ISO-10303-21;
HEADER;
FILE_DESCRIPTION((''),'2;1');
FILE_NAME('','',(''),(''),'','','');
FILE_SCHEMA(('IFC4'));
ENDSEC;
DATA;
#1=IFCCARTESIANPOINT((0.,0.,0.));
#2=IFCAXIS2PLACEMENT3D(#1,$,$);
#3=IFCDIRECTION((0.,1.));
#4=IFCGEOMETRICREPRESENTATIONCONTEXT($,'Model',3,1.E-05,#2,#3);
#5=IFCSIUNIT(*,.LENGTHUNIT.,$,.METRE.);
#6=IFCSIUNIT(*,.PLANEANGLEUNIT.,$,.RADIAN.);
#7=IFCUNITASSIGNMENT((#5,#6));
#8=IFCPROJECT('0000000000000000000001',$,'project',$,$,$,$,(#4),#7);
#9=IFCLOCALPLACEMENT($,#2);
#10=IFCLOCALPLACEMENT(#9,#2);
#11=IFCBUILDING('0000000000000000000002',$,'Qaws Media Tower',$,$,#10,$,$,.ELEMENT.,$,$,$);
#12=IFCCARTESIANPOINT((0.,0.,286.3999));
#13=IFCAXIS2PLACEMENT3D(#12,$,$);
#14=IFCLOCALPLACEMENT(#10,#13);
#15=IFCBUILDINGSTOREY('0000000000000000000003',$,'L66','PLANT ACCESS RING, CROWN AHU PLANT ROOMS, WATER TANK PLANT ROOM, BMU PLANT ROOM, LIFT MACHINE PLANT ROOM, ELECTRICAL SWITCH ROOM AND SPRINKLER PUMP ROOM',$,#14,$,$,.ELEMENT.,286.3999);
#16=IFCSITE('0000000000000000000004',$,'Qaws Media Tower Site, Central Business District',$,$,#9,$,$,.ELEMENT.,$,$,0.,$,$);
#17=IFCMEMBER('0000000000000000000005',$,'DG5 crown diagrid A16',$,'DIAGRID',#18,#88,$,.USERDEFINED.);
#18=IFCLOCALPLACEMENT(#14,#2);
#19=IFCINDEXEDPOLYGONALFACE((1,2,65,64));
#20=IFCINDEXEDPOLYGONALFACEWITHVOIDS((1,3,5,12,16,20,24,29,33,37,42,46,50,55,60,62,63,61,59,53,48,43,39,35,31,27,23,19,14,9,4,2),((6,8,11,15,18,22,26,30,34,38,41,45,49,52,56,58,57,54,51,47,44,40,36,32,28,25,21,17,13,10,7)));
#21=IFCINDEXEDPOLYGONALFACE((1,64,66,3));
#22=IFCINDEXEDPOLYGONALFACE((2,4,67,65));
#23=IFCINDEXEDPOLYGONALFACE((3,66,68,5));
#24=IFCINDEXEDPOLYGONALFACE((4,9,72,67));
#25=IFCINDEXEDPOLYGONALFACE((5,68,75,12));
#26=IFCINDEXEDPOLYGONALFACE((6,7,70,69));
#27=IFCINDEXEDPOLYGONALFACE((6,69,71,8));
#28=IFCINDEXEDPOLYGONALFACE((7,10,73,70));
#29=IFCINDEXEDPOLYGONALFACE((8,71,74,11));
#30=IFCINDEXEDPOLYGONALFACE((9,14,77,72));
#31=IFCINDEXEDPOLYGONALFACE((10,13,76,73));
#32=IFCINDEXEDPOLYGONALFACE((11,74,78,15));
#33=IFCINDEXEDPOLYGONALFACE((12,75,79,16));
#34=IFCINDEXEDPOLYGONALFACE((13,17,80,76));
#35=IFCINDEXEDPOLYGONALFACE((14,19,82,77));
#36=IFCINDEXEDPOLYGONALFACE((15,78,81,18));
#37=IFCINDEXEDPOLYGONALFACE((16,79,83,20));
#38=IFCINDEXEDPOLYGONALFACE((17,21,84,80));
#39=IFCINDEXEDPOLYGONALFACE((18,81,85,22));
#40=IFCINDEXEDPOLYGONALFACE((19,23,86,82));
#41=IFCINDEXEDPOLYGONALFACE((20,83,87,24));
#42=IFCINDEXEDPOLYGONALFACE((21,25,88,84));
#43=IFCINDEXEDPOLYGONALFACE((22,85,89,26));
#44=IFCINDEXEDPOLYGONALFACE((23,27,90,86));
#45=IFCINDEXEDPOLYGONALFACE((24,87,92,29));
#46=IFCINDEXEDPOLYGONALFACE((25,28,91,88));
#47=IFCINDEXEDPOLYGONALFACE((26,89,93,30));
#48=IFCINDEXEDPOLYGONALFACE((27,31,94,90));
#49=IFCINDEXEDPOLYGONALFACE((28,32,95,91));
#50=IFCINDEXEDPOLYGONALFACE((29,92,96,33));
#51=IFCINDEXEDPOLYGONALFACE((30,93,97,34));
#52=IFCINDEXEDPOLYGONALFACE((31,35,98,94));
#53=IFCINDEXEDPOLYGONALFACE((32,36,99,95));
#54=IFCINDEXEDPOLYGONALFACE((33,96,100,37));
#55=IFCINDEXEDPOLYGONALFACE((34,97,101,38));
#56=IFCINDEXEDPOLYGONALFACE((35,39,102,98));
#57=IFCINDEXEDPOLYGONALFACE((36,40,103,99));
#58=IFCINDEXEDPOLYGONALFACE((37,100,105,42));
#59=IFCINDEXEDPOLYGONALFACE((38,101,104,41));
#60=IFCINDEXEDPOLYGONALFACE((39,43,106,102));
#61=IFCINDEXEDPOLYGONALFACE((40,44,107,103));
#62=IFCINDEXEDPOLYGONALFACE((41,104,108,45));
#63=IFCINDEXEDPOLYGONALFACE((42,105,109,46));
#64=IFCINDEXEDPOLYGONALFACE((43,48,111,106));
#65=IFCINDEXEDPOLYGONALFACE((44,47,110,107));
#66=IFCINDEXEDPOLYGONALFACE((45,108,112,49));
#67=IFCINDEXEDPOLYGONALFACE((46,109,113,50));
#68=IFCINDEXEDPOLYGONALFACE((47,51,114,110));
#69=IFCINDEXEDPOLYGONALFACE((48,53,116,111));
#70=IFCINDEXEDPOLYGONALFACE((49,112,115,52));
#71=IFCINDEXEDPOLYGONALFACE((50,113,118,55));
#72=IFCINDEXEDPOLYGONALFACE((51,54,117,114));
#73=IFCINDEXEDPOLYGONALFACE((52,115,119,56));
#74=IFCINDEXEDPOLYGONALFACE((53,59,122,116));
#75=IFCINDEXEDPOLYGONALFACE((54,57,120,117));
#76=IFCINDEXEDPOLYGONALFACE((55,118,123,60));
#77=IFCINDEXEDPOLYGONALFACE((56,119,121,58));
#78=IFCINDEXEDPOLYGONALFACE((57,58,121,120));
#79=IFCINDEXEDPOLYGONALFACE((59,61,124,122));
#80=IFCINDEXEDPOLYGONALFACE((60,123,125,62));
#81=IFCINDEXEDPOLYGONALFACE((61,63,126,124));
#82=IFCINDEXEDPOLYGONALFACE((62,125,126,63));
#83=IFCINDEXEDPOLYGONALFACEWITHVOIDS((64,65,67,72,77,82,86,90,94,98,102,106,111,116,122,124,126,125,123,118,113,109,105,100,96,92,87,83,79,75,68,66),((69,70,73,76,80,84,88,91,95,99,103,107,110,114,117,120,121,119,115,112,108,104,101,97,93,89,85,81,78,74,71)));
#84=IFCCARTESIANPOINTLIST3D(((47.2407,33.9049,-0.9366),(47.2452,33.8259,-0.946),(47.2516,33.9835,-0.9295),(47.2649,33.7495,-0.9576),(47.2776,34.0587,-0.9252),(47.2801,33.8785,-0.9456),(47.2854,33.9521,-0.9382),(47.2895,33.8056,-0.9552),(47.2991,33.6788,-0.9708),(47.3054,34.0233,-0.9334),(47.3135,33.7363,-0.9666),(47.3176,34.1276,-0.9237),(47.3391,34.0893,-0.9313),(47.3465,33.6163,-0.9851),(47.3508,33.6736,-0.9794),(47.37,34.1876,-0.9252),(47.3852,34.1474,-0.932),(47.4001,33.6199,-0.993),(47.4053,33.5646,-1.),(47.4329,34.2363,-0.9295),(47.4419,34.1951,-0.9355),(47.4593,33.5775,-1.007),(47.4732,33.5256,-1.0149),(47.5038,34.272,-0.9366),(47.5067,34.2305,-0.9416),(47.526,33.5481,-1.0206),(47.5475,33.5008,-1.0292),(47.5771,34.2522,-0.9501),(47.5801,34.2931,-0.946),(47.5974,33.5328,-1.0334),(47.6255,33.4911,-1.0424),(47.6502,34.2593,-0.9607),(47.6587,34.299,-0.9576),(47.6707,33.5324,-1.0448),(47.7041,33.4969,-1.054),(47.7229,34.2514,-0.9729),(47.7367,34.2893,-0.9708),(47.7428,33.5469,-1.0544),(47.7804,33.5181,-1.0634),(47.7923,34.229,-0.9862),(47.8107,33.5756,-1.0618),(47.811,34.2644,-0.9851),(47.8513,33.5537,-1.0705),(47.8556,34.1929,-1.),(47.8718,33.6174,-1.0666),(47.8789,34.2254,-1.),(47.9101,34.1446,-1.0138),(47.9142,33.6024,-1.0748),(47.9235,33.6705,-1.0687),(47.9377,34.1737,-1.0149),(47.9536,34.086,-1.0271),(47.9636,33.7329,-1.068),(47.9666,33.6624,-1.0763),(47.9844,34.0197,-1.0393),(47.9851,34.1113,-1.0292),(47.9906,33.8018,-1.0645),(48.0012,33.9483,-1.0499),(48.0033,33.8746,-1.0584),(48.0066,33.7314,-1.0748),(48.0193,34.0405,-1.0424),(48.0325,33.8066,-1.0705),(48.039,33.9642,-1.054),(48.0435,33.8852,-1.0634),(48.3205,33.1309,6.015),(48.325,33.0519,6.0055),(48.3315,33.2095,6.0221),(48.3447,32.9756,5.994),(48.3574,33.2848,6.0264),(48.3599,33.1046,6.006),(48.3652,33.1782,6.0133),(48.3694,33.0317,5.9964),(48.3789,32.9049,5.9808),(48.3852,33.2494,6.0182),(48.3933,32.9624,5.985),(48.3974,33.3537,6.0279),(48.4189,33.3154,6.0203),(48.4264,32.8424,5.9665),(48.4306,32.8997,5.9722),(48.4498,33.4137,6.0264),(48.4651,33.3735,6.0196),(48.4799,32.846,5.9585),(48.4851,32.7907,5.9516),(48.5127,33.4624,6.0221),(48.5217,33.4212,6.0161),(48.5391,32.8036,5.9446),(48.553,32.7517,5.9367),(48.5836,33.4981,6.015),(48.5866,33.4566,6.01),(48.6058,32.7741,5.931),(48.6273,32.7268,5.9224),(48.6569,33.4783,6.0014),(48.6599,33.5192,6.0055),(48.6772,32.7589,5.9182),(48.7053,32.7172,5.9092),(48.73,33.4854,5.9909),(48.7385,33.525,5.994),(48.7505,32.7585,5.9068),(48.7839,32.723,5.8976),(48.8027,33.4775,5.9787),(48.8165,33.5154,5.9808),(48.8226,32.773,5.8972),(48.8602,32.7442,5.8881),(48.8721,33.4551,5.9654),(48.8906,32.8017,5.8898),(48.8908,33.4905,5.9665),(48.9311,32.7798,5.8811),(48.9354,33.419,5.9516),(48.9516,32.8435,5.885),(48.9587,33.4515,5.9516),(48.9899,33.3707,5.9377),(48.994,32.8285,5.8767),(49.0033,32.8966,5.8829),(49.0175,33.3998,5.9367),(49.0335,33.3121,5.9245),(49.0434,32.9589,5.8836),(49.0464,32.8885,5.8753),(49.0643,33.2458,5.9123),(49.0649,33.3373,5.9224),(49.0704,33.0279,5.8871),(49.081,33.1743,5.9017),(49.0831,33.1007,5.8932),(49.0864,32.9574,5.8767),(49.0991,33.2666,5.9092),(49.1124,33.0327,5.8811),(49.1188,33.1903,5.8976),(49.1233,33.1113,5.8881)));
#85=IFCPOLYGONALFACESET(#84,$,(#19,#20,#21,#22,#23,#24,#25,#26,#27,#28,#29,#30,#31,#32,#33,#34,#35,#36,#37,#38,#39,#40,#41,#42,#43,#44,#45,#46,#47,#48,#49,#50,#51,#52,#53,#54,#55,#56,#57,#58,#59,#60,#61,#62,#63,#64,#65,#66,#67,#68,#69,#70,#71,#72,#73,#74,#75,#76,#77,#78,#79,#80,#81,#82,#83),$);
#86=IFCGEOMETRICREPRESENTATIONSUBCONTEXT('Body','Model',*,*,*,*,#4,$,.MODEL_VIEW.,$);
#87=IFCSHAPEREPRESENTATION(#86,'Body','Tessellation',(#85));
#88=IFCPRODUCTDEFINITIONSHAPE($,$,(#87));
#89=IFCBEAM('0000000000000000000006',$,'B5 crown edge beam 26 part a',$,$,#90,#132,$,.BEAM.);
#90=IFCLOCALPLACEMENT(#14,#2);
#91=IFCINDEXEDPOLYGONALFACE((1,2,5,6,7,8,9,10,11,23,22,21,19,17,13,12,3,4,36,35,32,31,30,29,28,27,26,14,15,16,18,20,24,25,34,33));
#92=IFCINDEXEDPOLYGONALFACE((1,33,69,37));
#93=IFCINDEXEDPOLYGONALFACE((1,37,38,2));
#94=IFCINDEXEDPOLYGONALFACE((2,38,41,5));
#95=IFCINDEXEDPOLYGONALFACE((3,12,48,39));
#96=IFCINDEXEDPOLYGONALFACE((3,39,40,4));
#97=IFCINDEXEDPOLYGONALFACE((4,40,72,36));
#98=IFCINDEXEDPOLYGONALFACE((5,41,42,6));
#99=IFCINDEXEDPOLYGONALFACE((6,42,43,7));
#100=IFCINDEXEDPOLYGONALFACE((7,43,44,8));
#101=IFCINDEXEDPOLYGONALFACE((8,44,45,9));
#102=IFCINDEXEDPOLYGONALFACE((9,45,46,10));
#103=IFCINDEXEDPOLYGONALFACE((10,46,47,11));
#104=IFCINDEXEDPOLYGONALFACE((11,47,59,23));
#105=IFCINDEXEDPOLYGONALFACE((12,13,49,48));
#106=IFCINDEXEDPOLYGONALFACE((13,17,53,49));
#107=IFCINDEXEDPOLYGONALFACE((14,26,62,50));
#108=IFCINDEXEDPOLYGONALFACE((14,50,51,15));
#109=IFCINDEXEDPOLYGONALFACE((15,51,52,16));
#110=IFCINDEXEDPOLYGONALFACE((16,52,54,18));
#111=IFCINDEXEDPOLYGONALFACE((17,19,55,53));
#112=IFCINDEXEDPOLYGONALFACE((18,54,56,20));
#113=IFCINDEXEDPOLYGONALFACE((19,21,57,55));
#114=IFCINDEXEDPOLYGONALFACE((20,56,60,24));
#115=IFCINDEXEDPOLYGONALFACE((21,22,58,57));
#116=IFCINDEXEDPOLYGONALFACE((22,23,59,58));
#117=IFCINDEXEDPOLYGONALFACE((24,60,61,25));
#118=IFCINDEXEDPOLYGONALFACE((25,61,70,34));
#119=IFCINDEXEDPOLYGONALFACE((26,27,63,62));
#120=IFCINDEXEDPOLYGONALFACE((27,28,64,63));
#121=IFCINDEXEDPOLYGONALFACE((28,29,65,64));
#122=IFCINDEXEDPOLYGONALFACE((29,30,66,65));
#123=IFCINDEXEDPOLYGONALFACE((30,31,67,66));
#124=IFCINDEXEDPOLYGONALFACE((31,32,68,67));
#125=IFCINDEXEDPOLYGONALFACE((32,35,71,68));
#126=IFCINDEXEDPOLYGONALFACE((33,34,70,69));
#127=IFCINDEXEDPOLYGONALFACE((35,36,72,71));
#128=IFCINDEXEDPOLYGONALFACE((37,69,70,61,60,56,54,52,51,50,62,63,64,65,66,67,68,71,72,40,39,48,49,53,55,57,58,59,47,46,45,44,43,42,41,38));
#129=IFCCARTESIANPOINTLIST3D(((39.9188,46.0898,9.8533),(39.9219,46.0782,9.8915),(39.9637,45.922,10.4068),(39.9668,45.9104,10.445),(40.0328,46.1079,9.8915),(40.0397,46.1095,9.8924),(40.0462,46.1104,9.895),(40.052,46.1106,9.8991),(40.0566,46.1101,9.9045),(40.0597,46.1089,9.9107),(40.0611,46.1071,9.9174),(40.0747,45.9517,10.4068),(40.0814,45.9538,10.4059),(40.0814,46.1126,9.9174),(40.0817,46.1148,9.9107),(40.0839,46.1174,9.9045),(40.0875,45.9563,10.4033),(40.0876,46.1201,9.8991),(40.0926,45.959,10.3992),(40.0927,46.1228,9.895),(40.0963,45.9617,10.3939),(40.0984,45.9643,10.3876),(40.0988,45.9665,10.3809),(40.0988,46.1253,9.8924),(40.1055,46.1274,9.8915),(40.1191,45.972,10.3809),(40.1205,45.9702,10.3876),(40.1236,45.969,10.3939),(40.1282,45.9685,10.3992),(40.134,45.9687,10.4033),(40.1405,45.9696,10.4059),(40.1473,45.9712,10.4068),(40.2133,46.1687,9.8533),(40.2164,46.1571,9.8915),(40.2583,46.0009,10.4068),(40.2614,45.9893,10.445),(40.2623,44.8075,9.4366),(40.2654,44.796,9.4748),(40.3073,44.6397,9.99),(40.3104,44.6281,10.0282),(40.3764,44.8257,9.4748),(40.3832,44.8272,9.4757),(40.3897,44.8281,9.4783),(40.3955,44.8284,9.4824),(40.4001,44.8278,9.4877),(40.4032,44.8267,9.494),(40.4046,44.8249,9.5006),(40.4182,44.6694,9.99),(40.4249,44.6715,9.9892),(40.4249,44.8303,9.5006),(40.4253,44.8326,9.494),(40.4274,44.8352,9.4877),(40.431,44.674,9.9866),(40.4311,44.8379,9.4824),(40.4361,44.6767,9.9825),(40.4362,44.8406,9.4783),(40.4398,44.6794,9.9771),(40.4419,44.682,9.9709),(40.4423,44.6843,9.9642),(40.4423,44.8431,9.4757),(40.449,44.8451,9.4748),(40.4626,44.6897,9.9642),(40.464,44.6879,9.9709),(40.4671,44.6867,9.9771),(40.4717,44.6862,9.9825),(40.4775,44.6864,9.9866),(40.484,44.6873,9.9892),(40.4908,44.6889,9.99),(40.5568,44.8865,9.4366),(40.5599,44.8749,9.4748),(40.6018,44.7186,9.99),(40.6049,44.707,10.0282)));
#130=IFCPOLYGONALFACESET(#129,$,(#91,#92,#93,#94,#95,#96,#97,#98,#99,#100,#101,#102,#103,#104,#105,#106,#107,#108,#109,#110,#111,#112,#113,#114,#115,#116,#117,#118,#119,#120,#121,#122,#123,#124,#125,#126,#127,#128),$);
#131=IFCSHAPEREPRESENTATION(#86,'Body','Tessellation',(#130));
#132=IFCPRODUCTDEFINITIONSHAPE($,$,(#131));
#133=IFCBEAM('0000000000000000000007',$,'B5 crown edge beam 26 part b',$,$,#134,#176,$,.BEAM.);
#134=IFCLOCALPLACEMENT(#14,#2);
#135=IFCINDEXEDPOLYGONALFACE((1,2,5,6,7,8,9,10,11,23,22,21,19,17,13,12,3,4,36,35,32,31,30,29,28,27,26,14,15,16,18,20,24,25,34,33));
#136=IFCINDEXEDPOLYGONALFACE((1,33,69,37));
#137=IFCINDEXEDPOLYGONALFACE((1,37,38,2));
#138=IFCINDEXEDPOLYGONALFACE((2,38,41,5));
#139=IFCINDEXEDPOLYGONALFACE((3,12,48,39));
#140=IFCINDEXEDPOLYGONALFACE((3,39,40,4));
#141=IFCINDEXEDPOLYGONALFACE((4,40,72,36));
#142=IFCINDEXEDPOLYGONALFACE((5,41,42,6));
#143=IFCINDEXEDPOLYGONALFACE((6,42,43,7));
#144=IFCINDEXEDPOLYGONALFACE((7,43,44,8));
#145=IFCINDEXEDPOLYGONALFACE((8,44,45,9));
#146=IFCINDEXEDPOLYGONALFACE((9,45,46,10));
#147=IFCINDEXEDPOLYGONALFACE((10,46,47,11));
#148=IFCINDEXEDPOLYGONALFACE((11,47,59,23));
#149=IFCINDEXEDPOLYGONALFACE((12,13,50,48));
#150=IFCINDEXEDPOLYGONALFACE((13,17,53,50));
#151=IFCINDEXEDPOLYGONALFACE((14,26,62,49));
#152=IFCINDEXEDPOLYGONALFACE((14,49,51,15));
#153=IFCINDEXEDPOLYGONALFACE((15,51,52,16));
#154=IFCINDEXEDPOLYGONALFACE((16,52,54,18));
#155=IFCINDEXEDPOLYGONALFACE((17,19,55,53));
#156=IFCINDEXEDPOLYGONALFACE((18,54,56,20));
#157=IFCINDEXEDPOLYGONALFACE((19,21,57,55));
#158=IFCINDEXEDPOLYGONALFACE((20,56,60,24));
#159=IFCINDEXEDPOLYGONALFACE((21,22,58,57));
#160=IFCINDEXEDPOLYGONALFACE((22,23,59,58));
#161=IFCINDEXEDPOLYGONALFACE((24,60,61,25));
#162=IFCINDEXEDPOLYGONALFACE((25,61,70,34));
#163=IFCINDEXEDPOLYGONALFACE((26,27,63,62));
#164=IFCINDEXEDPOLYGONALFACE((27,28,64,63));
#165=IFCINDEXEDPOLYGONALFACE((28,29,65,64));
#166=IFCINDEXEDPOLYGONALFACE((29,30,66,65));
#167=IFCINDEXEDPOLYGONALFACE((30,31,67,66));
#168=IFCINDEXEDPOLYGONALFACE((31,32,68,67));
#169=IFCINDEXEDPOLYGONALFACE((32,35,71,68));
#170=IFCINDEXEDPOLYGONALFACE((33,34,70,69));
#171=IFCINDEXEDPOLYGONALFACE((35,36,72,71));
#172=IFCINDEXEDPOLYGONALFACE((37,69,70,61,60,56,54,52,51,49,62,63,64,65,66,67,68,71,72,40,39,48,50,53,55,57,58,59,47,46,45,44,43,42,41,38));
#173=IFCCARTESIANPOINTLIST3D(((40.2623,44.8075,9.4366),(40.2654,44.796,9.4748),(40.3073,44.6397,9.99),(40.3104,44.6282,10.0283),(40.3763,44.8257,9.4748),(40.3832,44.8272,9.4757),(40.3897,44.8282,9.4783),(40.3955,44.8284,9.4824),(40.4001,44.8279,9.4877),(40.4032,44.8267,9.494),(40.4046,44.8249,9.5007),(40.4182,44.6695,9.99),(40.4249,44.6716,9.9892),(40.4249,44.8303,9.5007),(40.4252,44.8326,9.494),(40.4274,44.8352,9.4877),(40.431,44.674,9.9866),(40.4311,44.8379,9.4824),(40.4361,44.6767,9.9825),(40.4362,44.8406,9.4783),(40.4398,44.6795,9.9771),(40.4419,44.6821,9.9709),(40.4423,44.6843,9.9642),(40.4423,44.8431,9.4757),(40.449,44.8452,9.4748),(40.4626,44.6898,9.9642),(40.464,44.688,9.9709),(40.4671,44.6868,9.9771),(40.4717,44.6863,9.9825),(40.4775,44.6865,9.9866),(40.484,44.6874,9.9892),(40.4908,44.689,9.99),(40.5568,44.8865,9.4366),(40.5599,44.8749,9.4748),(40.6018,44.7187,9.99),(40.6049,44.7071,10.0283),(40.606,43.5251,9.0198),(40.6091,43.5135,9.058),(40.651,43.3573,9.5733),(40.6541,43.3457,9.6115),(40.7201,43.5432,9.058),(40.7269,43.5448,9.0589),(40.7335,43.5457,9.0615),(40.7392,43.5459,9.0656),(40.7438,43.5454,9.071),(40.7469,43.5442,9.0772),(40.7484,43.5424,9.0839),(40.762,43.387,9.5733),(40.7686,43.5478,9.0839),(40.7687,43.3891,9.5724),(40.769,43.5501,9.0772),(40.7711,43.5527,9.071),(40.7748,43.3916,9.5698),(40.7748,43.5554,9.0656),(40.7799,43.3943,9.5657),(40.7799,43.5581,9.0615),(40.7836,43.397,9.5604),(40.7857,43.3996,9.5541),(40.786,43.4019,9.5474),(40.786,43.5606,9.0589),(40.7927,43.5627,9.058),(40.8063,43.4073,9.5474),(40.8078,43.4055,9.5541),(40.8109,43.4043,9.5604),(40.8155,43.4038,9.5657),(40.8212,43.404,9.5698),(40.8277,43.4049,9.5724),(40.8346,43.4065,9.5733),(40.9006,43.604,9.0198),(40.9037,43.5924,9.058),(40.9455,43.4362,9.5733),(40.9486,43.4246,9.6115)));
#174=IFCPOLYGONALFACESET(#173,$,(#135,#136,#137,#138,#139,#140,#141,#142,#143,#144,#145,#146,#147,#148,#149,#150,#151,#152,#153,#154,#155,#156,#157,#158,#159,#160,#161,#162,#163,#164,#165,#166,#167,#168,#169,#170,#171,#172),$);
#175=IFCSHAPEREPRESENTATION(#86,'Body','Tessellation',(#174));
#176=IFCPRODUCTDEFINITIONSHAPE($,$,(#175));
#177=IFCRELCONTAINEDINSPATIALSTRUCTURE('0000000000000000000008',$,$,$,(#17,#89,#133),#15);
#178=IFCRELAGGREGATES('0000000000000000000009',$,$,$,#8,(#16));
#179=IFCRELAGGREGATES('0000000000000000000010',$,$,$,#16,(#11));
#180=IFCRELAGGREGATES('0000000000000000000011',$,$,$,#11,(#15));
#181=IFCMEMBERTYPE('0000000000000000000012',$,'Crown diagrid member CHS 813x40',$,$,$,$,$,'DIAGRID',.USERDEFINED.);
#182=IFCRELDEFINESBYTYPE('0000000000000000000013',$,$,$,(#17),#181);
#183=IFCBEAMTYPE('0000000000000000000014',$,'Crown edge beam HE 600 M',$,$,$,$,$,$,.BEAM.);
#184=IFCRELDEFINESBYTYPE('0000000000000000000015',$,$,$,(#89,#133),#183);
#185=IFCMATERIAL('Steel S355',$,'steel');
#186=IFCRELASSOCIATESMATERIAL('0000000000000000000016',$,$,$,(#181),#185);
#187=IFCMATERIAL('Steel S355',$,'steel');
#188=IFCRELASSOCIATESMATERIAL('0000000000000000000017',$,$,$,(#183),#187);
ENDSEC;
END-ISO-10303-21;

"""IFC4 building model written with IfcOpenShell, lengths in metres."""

from ifc_helpers import new_model, si_unit, direction, frame, origin, origin_2d, place, context, subcontext, project, spatial, hollow_circle, i_section, extrude, material, material_profile, profile_set, type_object, element, save


model = new_model("IFC4")

# Units and contexts
model_context = context("Model", 3, precision=1e-05, world=origin(), true_north=direction((0.0, 1.0)))
body_context = subcontext(model_context, "Body", "Model", "MODEL_VIEW")
ifc_project = project(units=[si_unit("LENGTHUNIT", "METRE"), si_unit("PLANEANGLEUNIT", "RADIAN")], contexts=[model_context])

# Site, building, storey
site_placement = place(None, origin())
site = spatial("IfcSite", under=ifc_project, at=site_placement, Name="Qaws Media Tower Site, Central Business District", CompositionType="ELEMENT", RefElevation=0.0)
building_placement = place(site_placement, origin())
building = spatial("IfcBuilding", under=site, at=building_placement, Name="Qaws Media Tower", CompositionType="ELEMENT")
storey_placement = place(building_placement, frame((0.0, 0.0, 286.3999)))
storey = spatial("IfcBuildingStorey", under=building, at=storey_placement, Name="L66", Description="PLANT ACCESS RING, CROWN AHU PLANT ROOMS, WATER TANK PLANT ROOM, BMU PLANT ROOM, LIFT MACHINE PLANT ROOM, ELECTRICAL SWITCH ROOM AND SPRINKLER PUMP ROOM", CompositionType="ELEMENT", Elevation=286.3999)

# Member
ifc_material_1 = material(Name="Steel S355", Category="steel")
ifc_material_profile_1 = material_profile(ifc_material_1, hollow_circle(Radius=0.4065, WallThickness=0.04, at=origin_2d()), Name="CHS 813x40")
ifc_profile_set_1 = profile_set([ifc_material_profile_1], Name="Steel S355")
member_type = type_object("IfcMemberType", Name="Crown diagrid member CHS 813x40", ElementType="DIAGRID", PredefinedType="USERDEFINED", material=ifc_profile_set_1)
member_1_placement = place(storey_placement, frame((47.6421, 33.895, -1.0), z_axis=(0.152573, -0.109351, 0.982224), x_axis=(0.582541, 0.812801, 0.0)))
element("IfcMember", 1, at=member_1_placement, inside=storey, type_object=member_type, Name="DG5 crown diagrid A16", ObjectType="DIAGRID", PredefinedType="USERDEFINED", context=body_context, shape_type="SweptSolid", body=[
    extrude(hollow_circle(Radius=0.4065, WallThickness=0.04, at=origin_2d()), origin(), (0.0, 0.0, 1.0), 7.0774),
])

# Beams
ifc_material_2 = material(Name="Steel S355", Category="steel")
ifc_material_profile_2 = material_profile(ifc_material_2, i_section(OverallWidth=0.3049, OverallDepth=0.6201, WebThickness=0.021, FlangeThickness=0.04, FilletRadius=0.0271, at=origin_2d()), Name="HE 600 M")
ifc_profile_set_2 = profile_set([ifc_material_profile_2], Name="Steel S355")
beam_type_1 = type_object("IfcBeamType", Name="Crown edge beam HE 600 M", PredefinedType="BEAM", material=ifc_profile_set_2)
beam_1_placement = place(storey_placement, frame((40.0901, 46.0396, 10.1492), z_axis=(0.246891, -0.921588, -0.299534), x_axis=(0.965938, 0.258773, 0.0)))
element("IfcBeam", 2, at=beam_1_placement, inside=storey, type_object=beam_type_1, Name="B5 crown edge beam 26 part a", PredefinedType="BEAM", context=body_context, shape_type="SweptSolid", body=[
    extrude(i_section(OverallWidth=0.3049, OverallDepth=0.6201, WebThickness=0.021, FlangeThickness=0.04, FilletRadius=0.0271, at=origin_2d()), origin(), (0.0, 0.0, 1.0), 1.3914),
])
beam_2_placement = place(storey_placement, frame((40.4336, 44.7573, 9.7324), z_axis=(0.247016, -0.921574, -0.299472), x_axis=(0.965905, 0.258898, 0.0)))
element("IfcBeam", 3, at=beam_2_placement, inside=storey, type_object=beam_type_1, Name="B5 crown edge beam 26 part b", PredefinedType="BEAM", context=body_context, shape_type="SweptSolid", body=[
    extrude(i_section(OverallWidth=0.3049, OverallDepth=0.6201, WebThickness=0.021, FlangeThickness=0.04, FilletRadius=0.0271, at=origin_2d()), origin(), (0.0, 0.0, 1.0), 1.3916),
])

save(model, "model.ifc")
